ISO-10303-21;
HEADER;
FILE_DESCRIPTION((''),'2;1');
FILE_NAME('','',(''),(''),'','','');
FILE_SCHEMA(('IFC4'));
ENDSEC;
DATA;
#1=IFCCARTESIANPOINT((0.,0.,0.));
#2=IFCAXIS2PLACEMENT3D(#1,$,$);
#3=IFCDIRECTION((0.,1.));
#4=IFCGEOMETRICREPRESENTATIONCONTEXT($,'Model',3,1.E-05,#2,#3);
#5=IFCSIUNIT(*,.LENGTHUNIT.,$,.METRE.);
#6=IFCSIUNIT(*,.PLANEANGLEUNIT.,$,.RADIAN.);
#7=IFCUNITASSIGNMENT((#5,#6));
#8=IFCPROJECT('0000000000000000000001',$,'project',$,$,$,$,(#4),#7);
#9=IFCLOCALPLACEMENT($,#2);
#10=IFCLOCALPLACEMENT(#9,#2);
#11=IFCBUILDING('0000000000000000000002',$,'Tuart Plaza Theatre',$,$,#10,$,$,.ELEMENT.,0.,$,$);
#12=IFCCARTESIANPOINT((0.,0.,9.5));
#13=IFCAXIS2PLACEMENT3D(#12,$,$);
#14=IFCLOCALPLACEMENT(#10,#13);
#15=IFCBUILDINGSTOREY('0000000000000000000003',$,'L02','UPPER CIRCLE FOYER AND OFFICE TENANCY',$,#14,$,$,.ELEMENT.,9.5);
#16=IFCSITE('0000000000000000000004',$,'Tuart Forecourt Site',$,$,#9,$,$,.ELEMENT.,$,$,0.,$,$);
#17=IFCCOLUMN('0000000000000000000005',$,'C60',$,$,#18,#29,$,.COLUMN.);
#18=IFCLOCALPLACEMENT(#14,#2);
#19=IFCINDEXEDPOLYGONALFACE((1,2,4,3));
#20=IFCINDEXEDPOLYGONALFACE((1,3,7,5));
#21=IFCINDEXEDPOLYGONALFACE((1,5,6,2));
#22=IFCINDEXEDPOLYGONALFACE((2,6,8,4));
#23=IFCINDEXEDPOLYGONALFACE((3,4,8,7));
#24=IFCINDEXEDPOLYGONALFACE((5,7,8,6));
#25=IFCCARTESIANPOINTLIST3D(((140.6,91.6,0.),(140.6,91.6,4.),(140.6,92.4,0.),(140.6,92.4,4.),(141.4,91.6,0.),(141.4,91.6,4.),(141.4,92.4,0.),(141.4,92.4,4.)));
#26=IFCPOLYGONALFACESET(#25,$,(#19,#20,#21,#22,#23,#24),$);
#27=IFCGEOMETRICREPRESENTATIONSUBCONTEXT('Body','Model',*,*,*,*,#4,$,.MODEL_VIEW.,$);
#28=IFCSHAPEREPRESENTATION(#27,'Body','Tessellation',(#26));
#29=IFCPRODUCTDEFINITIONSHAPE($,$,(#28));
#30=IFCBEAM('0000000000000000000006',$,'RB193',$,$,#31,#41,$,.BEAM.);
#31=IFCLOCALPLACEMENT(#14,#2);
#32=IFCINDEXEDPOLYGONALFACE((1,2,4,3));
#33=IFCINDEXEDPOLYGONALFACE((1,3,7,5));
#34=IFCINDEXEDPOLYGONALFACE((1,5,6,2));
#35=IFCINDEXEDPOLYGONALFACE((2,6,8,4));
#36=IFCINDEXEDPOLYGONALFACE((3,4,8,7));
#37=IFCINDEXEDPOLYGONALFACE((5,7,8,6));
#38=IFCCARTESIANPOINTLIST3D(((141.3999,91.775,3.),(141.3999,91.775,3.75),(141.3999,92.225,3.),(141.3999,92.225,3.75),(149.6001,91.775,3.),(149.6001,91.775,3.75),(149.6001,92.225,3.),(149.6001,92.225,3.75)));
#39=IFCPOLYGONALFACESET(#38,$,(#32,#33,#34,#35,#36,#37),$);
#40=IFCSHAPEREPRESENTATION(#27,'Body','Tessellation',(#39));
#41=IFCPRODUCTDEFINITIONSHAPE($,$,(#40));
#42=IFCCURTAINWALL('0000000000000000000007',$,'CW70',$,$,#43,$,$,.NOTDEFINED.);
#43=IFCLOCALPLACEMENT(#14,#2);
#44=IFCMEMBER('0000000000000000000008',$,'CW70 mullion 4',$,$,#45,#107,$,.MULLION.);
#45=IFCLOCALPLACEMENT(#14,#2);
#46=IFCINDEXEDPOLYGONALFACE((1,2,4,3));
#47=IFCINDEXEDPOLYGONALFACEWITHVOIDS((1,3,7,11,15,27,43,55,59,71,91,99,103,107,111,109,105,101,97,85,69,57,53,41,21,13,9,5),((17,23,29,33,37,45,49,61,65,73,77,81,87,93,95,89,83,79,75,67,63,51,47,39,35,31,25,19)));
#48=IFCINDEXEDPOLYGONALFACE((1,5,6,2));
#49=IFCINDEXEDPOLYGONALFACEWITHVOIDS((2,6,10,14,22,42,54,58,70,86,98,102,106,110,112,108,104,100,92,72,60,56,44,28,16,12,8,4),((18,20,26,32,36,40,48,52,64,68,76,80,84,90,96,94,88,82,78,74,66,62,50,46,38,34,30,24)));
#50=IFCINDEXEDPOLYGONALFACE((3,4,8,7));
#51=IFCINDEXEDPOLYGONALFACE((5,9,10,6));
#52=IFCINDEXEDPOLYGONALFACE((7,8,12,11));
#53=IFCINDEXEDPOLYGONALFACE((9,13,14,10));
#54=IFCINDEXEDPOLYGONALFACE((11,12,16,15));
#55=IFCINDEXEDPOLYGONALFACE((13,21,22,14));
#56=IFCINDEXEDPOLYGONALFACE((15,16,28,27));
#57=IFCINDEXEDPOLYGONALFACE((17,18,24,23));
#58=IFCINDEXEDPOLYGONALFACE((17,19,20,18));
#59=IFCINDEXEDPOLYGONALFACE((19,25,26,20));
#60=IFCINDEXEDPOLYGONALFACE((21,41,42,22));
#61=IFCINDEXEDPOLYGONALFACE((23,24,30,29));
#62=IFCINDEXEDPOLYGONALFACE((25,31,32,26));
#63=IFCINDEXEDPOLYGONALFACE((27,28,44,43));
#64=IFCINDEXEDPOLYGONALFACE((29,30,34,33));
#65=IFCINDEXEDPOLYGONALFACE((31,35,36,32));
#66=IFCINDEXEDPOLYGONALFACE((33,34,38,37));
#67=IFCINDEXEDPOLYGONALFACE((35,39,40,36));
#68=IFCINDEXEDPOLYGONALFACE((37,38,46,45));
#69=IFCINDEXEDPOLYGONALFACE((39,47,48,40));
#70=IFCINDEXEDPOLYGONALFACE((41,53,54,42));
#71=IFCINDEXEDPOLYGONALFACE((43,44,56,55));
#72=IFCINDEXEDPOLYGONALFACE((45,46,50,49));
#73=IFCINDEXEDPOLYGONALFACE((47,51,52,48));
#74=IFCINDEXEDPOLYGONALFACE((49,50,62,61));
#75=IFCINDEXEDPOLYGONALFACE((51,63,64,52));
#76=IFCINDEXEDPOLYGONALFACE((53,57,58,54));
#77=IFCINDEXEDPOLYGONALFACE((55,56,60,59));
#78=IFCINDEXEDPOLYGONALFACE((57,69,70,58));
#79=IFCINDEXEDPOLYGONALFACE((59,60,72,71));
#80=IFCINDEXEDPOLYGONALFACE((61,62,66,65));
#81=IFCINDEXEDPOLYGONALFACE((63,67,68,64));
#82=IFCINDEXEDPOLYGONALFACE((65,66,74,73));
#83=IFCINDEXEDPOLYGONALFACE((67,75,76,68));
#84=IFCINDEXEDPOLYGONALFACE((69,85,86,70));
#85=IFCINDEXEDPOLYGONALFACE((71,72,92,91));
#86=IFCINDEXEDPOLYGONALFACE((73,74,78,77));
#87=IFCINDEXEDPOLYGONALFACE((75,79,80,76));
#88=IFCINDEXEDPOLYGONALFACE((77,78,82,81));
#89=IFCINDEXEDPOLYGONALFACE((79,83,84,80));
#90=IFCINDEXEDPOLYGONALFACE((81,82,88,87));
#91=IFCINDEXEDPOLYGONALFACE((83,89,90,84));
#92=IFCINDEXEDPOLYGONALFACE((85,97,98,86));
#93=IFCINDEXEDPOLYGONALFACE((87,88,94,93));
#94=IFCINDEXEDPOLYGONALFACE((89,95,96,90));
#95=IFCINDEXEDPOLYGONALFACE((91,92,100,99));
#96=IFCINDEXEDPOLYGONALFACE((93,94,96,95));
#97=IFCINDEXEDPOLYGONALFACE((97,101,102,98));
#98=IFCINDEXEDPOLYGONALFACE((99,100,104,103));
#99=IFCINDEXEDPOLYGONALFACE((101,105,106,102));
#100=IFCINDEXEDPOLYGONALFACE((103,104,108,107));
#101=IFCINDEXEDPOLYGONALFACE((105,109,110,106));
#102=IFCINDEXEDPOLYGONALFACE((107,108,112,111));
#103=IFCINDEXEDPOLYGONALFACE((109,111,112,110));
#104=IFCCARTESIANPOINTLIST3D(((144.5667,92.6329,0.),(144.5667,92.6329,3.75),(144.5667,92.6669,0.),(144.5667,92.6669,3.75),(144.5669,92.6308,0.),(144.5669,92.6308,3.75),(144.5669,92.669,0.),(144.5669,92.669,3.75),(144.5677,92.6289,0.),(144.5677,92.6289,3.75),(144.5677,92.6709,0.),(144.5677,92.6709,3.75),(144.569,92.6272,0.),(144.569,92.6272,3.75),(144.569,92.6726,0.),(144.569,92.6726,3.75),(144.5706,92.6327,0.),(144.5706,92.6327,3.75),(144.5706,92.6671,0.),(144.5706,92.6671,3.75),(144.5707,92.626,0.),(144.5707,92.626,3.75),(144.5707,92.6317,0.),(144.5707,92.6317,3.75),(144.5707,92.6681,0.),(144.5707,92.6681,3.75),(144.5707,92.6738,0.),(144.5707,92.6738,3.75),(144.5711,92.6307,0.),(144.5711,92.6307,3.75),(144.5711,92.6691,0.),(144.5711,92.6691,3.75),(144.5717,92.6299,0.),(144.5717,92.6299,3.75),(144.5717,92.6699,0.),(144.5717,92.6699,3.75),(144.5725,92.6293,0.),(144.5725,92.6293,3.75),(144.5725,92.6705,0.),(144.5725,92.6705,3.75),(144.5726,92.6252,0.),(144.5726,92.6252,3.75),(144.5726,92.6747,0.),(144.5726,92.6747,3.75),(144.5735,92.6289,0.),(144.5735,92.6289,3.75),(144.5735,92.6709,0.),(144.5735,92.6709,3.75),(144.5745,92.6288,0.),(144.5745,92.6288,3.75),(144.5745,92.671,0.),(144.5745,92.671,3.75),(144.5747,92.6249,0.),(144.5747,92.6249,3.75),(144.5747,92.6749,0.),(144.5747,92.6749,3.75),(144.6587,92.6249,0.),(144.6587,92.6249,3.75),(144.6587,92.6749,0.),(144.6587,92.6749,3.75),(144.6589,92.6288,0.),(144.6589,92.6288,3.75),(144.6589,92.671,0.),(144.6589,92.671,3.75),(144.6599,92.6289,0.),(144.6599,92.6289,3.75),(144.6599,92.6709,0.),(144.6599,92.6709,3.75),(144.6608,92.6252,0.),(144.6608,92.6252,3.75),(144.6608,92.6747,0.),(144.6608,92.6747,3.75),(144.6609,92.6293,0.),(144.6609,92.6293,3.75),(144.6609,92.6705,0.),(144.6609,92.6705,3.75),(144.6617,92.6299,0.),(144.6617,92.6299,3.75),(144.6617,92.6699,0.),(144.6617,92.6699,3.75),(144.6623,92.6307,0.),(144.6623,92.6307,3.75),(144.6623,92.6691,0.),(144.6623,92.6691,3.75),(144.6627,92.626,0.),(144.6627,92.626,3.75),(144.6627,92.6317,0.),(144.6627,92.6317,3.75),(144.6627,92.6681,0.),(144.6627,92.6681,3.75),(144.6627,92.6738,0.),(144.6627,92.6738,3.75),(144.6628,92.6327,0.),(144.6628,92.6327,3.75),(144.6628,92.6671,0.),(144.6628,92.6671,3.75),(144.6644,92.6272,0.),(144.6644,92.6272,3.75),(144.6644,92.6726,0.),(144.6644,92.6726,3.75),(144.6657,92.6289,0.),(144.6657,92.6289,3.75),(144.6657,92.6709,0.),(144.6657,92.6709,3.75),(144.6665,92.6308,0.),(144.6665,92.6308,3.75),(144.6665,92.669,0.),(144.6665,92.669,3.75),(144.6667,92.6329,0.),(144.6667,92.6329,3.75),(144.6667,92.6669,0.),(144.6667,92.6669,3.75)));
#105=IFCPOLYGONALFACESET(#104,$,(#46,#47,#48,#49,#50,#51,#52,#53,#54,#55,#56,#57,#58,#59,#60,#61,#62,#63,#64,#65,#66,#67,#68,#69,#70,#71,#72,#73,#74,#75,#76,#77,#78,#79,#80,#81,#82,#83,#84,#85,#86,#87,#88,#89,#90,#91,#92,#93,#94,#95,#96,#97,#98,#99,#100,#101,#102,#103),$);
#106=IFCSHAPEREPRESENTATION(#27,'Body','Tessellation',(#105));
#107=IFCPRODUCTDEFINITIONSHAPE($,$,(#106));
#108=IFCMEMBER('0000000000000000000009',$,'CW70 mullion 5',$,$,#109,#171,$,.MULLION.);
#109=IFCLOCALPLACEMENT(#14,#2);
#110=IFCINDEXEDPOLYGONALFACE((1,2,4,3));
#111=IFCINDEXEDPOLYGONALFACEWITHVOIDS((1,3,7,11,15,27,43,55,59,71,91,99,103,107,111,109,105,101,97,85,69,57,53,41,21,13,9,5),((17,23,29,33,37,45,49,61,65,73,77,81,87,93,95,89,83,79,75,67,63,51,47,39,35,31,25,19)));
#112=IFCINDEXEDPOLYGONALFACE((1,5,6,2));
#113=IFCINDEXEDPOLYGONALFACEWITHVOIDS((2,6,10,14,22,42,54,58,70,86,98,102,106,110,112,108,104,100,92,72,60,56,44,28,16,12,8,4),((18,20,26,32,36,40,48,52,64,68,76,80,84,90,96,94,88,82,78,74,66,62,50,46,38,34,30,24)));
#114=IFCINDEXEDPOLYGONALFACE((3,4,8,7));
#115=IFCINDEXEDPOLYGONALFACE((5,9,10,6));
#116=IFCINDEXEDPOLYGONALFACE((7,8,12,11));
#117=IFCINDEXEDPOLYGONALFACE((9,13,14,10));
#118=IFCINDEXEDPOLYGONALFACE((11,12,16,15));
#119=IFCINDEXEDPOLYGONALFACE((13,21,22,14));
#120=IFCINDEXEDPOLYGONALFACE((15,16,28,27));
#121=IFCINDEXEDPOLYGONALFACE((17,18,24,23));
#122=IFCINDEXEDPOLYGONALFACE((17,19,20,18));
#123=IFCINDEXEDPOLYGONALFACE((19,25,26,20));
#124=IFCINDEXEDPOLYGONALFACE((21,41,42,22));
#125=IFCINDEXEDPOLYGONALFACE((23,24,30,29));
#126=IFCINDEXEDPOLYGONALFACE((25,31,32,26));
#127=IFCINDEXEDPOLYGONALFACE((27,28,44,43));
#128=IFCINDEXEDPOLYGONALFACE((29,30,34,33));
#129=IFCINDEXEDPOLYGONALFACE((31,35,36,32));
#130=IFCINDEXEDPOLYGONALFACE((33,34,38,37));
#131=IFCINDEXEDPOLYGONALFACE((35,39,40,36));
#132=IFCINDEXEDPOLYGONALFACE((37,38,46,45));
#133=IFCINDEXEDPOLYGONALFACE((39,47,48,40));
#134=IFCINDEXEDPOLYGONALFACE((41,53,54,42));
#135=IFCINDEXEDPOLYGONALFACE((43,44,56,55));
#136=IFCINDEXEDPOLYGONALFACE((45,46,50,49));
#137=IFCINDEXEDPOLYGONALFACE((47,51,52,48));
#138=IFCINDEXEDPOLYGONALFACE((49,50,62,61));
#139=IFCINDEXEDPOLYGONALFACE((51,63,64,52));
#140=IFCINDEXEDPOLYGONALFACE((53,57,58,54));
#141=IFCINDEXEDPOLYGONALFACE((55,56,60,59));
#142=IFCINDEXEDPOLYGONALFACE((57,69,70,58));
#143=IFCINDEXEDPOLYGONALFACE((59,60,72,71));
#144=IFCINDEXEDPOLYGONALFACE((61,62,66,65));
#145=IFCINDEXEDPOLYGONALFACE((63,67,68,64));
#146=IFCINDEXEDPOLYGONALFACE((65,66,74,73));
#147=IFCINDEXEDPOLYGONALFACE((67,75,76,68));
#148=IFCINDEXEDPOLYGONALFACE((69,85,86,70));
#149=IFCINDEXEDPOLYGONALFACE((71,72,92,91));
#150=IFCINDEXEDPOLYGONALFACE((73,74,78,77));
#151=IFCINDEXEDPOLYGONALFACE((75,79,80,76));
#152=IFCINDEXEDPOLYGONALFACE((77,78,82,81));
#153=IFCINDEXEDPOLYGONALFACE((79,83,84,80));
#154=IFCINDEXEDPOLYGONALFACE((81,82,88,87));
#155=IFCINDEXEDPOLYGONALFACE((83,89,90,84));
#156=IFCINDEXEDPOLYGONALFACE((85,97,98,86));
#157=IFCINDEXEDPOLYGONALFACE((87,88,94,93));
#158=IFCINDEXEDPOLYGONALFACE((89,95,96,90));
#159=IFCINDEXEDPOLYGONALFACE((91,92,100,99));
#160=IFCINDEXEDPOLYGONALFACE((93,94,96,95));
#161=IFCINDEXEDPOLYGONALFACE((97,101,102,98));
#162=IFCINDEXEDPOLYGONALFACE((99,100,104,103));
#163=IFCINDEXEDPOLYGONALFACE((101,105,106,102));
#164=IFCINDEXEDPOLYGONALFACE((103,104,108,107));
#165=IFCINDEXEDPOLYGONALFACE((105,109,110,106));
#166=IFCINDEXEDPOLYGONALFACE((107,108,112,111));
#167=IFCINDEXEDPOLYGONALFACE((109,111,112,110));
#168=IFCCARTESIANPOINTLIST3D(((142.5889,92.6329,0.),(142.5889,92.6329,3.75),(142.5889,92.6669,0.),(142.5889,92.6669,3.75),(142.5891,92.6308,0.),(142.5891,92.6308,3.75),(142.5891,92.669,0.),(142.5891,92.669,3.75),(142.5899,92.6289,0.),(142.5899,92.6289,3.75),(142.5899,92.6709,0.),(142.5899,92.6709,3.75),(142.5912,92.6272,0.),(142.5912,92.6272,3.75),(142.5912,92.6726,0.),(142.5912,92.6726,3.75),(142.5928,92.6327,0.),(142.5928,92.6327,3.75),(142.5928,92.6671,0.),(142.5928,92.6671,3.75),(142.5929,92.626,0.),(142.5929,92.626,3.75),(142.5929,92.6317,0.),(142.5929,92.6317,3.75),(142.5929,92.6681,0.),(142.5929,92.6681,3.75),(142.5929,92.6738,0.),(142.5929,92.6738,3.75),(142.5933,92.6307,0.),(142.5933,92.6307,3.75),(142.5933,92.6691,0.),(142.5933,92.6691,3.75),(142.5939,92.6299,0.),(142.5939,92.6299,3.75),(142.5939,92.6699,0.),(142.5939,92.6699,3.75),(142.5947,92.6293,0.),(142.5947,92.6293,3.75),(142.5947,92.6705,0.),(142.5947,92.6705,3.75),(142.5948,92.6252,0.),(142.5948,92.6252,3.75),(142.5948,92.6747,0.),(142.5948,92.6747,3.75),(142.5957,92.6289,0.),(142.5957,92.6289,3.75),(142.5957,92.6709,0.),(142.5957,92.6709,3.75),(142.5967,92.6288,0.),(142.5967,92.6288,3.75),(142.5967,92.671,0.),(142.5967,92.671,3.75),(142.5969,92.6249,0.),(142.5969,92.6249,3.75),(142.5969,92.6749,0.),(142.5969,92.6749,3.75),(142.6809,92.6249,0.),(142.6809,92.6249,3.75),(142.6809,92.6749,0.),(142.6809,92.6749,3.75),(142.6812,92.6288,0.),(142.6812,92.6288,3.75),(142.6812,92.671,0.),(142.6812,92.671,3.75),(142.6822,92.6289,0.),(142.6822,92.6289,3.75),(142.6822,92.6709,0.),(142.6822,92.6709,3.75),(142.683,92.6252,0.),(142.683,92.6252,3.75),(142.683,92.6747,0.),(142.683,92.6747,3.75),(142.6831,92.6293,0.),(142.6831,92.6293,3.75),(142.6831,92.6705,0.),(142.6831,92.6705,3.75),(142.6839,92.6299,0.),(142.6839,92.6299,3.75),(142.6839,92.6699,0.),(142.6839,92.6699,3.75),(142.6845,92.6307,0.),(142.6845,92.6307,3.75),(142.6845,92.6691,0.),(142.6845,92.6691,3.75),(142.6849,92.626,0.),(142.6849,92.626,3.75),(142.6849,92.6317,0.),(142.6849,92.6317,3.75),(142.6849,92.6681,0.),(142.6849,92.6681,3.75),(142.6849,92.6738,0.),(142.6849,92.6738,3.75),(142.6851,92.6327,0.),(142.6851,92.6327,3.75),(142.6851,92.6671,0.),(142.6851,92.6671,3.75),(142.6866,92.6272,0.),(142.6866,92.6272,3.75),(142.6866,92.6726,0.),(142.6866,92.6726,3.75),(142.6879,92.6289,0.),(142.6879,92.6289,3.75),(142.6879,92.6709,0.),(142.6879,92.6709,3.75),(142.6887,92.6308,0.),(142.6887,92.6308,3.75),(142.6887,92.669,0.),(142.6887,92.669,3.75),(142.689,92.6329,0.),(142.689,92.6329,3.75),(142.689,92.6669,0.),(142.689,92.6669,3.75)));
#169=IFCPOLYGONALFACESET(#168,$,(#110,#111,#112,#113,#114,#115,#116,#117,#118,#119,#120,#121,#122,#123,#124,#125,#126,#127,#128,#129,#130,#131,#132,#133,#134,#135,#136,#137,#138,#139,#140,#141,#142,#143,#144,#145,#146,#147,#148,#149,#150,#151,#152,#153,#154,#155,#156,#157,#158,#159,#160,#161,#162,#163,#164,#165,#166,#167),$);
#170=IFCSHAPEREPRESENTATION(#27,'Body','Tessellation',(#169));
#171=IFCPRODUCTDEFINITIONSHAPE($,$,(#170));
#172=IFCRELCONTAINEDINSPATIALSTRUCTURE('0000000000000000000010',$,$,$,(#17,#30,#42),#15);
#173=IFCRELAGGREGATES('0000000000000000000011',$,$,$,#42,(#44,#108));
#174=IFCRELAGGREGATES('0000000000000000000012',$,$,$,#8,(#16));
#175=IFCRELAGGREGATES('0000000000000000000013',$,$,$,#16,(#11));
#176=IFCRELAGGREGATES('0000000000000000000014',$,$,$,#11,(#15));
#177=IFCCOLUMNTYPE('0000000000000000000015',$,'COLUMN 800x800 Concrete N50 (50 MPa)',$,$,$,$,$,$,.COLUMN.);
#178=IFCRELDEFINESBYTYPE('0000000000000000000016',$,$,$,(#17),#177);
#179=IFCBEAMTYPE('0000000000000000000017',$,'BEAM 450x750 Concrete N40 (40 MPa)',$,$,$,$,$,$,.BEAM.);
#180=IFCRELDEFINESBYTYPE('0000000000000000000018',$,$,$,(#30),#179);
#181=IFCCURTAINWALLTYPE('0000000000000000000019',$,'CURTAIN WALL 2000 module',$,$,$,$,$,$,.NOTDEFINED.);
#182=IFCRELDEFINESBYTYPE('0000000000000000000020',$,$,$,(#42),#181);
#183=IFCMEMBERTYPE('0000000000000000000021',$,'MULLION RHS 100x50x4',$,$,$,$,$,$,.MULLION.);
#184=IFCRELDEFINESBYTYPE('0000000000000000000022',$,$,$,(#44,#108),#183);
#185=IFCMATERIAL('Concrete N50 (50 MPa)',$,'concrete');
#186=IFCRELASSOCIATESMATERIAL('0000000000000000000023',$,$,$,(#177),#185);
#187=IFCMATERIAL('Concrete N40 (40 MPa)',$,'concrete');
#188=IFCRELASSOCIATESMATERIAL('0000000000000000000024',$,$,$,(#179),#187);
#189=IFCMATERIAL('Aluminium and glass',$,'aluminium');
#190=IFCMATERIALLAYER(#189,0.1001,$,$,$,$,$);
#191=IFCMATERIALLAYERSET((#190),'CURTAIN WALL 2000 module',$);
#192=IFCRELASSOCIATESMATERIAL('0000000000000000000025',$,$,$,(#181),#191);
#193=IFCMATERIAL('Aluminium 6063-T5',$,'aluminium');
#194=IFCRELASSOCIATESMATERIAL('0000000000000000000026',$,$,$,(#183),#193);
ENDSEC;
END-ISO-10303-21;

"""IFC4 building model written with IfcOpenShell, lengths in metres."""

from ifc_helpers import new_model, si_unit, direction, frame, origin, origin_2d, place, context, subcontext, project, spatial, rectangle, hollow_rectangle, extrude, material, layer, layer_set, material_profile, profile_set, type_object, element, aggregate, save


model = new_model("IFC4")

# Units and contexts
model_context = context("Model", 3, precision=1e-05, world=origin(), true_north=direction((0.0, 1.0)))
body_context = subcontext(model_context, "Body", "Model", "MODEL_VIEW")
ifc_project = project(units=[si_unit("LENGTHUNIT", "METRE"), si_unit("PLANEANGLEUNIT", "RADIAN")], contexts=[model_context])

# Site, building, storey
site_placement = place(None, origin())
site = spatial("IfcSite", under=ifc_project, at=site_placement, Name="Tuart Forecourt Site", CompositionType="ELEMENT", RefElevation=0.0)
building_placement = place(site_placement, origin())
building = spatial("IfcBuilding", under=site, at=building_placement, Name="Tuart Plaza Theatre", CompositionType="ELEMENT", ElevationOfRefHeight=0.0)
storey_placement = place(building_placement, frame((0.0, 0.0, 9.5)))
storey = spatial("IfcBuildingStorey", under=building, at=storey_placement, Name="L02", Description="UPPER CIRCLE FOYER AND OFFICE TENANCY", CompositionType="ELEMENT", Elevation=9.5)

# Column
ifc_material_1 = material(Name="Concrete N50 (50 MPa)", Category="concrete")
ifc_material_profile_1 = material_profile(ifc_material_1, rectangle(XDim=0.8, YDim=0.8, at=origin_2d()), Name="COLUMN 800x800 Concrete N50 (50 MPa)")
ifc_profile_set_1 = profile_set([ifc_material_profile_1], Name="Concrete N50 (50 MPa)")
column_type = type_object("IfcColumnType", Name="COLUMN 800x800 Concrete N50 (50 MPa)", PredefinedType="COLUMN", material=ifc_profile_set_1)
column_placement = place(storey_placement, frame((141.0, 92.0, 0.0), z_axis=(0.0, 0.0, 1.0), x_axis=(1.0, 0.0, 0.0)))
element("IfcColumn", 1, at=column_placement, inside=storey, type_object=column_type, Name="C60", PredefinedType="COLUMN", context=body_context, shape_type="SweptSolid", body=[
    extrude(rectangle(XDim=0.8, YDim=0.8, at=origin_2d()), origin(), (0.0, 0.0, 1.0), 4.0),
])

# Beam
ifc_material_2 = material(Name="Concrete N40 (40 MPa)", Category="concrete")
ifc_material_profile_2 = material_profile(ifc_material_2, rectangle(XDim=0.45, YDim=0.75, at=origin_2d()), Name="BEAM 450x750 Concrete N40 (40 MPa)")
ifc_profile_set_2 = profile_set([ifc_material_profile_2], Name="Concrete N40 (40 MPa)")
beam_type = type_object("IfcBeamType", Name="BEAM 450x750 Concrete N40 (40 MPa)", PredefinedType="BEAM", material=ifc_profile_set_2)
beam_placement = place(storey_placement, frame((141.3999, 92.0, 3.375), z_axis=(1.0, 0.0, 0.0), x_axis=(0.0, 1.0, 0.0)))
element("IfcBeam", 2, at=beam_placement, inside=storey, type_object=beam_type, Name="RB193", PredefinedType="BEAM", context=body_context, shape_type="SweptSolid", body=[
    extrude(rectangle(XDim=0.45, YDim=0.75, at=origin_2d()), origin(), (0.0, 0.0, 1.0), 8.2002),
])

# Curtain wall, members
ifc_material_3 = material(Name="Aluminium and glass", Category="aluminium")
ifc_layer_1 = layer(ifc_material_3, 0.1001)
ifc_layer_set_1 = layer_set([ifc_layer_1], Name="CURTAIN WALL 2000 module")
curtain_wall_type = type_object("IfcCurtainWallType", Name="CURTAIN WALL 2000 module", PredefinedType="NOTDEFINED", material=ifc_layer_set_1)
curtain_wall_placement = place(storey_placement, origin())
curtain_wall = element("IfcCurtainWall", 3, at=curtain_wall_placement, inside=storey, type_object=curtain_wall_type, Name="CW70", PredefinedType="NOTDEFINED")
ifc_material_4 = material(Name="Aluminium 6063-T5", Category="aluminium")
ifc_material_profile_3 = material_profile(ifc_material_4, hollow_rectangle(XDim=0.05, YDim=0.1001, WallThickness=0.0039, InnerFilletRadius=0.0039, OuterFilletRadius=0.0081, at=origin_2d()), Name="RHS 100x50x4")
ifc_profile_set_3 = profile_set([ifc_material_profile_3], Name="Aluminium 6063-T5")
member_type_1 = type_object("IfcMemberType", Name="MULLION RHS 100x50x4", PredefinedType="MULLION", material=ifc_profile_set_3)
member_1_placement = place(storey_placement, frame((144.6167, 92.6499, 0.0), z_axis=(0.0, 0.0, 1.0), x_axis=(0.0, -1.0, 0.0)))
member_1 = element("IfcMember", 4, at=member_1_placement, type_object=member_type_1, Name="CW70 mullion 4", PredefinedType="MULLION", context=body_context, shape_type="SweptSolid", body=[
    extrude(hollow_rectangle(XDim=0.05, YDim=0.1001, WallThickness=0.0039, InnerFilletRadius=0.0039, OuterFilletRadius=0.0081, at=origin_2d()), origin(), (0.0, 0.0, 1.0), 3.75),
])
member_2_placement = place(storey_placement, frame((142.6389, 92.6499, 0.0), z_axis=(0.0, 0.0, 1.0), x_axis=(0.0, -1.0, 0.0)))
member_2 = element("IfcMember", 5, at=member_2_placement, type_object=member_type_1, Name="CW70 mullion 5", PredefinedType="MULLION", context=body_context, shape_type="SweptSolid", body=[
    extrude(hollow_rectangle(XDim=0.05, YDim=0.1001, WallThickness=0.0039, InnerFilletRadius=0.0039, OuterFilletRadius=0.0081, at=origin_2d()), origin(), (0.0, 0.0, 1.0), 3.75),
])
aggregate(curtain_wall, [member_1, member_2])

save(model, "model.ifc")
